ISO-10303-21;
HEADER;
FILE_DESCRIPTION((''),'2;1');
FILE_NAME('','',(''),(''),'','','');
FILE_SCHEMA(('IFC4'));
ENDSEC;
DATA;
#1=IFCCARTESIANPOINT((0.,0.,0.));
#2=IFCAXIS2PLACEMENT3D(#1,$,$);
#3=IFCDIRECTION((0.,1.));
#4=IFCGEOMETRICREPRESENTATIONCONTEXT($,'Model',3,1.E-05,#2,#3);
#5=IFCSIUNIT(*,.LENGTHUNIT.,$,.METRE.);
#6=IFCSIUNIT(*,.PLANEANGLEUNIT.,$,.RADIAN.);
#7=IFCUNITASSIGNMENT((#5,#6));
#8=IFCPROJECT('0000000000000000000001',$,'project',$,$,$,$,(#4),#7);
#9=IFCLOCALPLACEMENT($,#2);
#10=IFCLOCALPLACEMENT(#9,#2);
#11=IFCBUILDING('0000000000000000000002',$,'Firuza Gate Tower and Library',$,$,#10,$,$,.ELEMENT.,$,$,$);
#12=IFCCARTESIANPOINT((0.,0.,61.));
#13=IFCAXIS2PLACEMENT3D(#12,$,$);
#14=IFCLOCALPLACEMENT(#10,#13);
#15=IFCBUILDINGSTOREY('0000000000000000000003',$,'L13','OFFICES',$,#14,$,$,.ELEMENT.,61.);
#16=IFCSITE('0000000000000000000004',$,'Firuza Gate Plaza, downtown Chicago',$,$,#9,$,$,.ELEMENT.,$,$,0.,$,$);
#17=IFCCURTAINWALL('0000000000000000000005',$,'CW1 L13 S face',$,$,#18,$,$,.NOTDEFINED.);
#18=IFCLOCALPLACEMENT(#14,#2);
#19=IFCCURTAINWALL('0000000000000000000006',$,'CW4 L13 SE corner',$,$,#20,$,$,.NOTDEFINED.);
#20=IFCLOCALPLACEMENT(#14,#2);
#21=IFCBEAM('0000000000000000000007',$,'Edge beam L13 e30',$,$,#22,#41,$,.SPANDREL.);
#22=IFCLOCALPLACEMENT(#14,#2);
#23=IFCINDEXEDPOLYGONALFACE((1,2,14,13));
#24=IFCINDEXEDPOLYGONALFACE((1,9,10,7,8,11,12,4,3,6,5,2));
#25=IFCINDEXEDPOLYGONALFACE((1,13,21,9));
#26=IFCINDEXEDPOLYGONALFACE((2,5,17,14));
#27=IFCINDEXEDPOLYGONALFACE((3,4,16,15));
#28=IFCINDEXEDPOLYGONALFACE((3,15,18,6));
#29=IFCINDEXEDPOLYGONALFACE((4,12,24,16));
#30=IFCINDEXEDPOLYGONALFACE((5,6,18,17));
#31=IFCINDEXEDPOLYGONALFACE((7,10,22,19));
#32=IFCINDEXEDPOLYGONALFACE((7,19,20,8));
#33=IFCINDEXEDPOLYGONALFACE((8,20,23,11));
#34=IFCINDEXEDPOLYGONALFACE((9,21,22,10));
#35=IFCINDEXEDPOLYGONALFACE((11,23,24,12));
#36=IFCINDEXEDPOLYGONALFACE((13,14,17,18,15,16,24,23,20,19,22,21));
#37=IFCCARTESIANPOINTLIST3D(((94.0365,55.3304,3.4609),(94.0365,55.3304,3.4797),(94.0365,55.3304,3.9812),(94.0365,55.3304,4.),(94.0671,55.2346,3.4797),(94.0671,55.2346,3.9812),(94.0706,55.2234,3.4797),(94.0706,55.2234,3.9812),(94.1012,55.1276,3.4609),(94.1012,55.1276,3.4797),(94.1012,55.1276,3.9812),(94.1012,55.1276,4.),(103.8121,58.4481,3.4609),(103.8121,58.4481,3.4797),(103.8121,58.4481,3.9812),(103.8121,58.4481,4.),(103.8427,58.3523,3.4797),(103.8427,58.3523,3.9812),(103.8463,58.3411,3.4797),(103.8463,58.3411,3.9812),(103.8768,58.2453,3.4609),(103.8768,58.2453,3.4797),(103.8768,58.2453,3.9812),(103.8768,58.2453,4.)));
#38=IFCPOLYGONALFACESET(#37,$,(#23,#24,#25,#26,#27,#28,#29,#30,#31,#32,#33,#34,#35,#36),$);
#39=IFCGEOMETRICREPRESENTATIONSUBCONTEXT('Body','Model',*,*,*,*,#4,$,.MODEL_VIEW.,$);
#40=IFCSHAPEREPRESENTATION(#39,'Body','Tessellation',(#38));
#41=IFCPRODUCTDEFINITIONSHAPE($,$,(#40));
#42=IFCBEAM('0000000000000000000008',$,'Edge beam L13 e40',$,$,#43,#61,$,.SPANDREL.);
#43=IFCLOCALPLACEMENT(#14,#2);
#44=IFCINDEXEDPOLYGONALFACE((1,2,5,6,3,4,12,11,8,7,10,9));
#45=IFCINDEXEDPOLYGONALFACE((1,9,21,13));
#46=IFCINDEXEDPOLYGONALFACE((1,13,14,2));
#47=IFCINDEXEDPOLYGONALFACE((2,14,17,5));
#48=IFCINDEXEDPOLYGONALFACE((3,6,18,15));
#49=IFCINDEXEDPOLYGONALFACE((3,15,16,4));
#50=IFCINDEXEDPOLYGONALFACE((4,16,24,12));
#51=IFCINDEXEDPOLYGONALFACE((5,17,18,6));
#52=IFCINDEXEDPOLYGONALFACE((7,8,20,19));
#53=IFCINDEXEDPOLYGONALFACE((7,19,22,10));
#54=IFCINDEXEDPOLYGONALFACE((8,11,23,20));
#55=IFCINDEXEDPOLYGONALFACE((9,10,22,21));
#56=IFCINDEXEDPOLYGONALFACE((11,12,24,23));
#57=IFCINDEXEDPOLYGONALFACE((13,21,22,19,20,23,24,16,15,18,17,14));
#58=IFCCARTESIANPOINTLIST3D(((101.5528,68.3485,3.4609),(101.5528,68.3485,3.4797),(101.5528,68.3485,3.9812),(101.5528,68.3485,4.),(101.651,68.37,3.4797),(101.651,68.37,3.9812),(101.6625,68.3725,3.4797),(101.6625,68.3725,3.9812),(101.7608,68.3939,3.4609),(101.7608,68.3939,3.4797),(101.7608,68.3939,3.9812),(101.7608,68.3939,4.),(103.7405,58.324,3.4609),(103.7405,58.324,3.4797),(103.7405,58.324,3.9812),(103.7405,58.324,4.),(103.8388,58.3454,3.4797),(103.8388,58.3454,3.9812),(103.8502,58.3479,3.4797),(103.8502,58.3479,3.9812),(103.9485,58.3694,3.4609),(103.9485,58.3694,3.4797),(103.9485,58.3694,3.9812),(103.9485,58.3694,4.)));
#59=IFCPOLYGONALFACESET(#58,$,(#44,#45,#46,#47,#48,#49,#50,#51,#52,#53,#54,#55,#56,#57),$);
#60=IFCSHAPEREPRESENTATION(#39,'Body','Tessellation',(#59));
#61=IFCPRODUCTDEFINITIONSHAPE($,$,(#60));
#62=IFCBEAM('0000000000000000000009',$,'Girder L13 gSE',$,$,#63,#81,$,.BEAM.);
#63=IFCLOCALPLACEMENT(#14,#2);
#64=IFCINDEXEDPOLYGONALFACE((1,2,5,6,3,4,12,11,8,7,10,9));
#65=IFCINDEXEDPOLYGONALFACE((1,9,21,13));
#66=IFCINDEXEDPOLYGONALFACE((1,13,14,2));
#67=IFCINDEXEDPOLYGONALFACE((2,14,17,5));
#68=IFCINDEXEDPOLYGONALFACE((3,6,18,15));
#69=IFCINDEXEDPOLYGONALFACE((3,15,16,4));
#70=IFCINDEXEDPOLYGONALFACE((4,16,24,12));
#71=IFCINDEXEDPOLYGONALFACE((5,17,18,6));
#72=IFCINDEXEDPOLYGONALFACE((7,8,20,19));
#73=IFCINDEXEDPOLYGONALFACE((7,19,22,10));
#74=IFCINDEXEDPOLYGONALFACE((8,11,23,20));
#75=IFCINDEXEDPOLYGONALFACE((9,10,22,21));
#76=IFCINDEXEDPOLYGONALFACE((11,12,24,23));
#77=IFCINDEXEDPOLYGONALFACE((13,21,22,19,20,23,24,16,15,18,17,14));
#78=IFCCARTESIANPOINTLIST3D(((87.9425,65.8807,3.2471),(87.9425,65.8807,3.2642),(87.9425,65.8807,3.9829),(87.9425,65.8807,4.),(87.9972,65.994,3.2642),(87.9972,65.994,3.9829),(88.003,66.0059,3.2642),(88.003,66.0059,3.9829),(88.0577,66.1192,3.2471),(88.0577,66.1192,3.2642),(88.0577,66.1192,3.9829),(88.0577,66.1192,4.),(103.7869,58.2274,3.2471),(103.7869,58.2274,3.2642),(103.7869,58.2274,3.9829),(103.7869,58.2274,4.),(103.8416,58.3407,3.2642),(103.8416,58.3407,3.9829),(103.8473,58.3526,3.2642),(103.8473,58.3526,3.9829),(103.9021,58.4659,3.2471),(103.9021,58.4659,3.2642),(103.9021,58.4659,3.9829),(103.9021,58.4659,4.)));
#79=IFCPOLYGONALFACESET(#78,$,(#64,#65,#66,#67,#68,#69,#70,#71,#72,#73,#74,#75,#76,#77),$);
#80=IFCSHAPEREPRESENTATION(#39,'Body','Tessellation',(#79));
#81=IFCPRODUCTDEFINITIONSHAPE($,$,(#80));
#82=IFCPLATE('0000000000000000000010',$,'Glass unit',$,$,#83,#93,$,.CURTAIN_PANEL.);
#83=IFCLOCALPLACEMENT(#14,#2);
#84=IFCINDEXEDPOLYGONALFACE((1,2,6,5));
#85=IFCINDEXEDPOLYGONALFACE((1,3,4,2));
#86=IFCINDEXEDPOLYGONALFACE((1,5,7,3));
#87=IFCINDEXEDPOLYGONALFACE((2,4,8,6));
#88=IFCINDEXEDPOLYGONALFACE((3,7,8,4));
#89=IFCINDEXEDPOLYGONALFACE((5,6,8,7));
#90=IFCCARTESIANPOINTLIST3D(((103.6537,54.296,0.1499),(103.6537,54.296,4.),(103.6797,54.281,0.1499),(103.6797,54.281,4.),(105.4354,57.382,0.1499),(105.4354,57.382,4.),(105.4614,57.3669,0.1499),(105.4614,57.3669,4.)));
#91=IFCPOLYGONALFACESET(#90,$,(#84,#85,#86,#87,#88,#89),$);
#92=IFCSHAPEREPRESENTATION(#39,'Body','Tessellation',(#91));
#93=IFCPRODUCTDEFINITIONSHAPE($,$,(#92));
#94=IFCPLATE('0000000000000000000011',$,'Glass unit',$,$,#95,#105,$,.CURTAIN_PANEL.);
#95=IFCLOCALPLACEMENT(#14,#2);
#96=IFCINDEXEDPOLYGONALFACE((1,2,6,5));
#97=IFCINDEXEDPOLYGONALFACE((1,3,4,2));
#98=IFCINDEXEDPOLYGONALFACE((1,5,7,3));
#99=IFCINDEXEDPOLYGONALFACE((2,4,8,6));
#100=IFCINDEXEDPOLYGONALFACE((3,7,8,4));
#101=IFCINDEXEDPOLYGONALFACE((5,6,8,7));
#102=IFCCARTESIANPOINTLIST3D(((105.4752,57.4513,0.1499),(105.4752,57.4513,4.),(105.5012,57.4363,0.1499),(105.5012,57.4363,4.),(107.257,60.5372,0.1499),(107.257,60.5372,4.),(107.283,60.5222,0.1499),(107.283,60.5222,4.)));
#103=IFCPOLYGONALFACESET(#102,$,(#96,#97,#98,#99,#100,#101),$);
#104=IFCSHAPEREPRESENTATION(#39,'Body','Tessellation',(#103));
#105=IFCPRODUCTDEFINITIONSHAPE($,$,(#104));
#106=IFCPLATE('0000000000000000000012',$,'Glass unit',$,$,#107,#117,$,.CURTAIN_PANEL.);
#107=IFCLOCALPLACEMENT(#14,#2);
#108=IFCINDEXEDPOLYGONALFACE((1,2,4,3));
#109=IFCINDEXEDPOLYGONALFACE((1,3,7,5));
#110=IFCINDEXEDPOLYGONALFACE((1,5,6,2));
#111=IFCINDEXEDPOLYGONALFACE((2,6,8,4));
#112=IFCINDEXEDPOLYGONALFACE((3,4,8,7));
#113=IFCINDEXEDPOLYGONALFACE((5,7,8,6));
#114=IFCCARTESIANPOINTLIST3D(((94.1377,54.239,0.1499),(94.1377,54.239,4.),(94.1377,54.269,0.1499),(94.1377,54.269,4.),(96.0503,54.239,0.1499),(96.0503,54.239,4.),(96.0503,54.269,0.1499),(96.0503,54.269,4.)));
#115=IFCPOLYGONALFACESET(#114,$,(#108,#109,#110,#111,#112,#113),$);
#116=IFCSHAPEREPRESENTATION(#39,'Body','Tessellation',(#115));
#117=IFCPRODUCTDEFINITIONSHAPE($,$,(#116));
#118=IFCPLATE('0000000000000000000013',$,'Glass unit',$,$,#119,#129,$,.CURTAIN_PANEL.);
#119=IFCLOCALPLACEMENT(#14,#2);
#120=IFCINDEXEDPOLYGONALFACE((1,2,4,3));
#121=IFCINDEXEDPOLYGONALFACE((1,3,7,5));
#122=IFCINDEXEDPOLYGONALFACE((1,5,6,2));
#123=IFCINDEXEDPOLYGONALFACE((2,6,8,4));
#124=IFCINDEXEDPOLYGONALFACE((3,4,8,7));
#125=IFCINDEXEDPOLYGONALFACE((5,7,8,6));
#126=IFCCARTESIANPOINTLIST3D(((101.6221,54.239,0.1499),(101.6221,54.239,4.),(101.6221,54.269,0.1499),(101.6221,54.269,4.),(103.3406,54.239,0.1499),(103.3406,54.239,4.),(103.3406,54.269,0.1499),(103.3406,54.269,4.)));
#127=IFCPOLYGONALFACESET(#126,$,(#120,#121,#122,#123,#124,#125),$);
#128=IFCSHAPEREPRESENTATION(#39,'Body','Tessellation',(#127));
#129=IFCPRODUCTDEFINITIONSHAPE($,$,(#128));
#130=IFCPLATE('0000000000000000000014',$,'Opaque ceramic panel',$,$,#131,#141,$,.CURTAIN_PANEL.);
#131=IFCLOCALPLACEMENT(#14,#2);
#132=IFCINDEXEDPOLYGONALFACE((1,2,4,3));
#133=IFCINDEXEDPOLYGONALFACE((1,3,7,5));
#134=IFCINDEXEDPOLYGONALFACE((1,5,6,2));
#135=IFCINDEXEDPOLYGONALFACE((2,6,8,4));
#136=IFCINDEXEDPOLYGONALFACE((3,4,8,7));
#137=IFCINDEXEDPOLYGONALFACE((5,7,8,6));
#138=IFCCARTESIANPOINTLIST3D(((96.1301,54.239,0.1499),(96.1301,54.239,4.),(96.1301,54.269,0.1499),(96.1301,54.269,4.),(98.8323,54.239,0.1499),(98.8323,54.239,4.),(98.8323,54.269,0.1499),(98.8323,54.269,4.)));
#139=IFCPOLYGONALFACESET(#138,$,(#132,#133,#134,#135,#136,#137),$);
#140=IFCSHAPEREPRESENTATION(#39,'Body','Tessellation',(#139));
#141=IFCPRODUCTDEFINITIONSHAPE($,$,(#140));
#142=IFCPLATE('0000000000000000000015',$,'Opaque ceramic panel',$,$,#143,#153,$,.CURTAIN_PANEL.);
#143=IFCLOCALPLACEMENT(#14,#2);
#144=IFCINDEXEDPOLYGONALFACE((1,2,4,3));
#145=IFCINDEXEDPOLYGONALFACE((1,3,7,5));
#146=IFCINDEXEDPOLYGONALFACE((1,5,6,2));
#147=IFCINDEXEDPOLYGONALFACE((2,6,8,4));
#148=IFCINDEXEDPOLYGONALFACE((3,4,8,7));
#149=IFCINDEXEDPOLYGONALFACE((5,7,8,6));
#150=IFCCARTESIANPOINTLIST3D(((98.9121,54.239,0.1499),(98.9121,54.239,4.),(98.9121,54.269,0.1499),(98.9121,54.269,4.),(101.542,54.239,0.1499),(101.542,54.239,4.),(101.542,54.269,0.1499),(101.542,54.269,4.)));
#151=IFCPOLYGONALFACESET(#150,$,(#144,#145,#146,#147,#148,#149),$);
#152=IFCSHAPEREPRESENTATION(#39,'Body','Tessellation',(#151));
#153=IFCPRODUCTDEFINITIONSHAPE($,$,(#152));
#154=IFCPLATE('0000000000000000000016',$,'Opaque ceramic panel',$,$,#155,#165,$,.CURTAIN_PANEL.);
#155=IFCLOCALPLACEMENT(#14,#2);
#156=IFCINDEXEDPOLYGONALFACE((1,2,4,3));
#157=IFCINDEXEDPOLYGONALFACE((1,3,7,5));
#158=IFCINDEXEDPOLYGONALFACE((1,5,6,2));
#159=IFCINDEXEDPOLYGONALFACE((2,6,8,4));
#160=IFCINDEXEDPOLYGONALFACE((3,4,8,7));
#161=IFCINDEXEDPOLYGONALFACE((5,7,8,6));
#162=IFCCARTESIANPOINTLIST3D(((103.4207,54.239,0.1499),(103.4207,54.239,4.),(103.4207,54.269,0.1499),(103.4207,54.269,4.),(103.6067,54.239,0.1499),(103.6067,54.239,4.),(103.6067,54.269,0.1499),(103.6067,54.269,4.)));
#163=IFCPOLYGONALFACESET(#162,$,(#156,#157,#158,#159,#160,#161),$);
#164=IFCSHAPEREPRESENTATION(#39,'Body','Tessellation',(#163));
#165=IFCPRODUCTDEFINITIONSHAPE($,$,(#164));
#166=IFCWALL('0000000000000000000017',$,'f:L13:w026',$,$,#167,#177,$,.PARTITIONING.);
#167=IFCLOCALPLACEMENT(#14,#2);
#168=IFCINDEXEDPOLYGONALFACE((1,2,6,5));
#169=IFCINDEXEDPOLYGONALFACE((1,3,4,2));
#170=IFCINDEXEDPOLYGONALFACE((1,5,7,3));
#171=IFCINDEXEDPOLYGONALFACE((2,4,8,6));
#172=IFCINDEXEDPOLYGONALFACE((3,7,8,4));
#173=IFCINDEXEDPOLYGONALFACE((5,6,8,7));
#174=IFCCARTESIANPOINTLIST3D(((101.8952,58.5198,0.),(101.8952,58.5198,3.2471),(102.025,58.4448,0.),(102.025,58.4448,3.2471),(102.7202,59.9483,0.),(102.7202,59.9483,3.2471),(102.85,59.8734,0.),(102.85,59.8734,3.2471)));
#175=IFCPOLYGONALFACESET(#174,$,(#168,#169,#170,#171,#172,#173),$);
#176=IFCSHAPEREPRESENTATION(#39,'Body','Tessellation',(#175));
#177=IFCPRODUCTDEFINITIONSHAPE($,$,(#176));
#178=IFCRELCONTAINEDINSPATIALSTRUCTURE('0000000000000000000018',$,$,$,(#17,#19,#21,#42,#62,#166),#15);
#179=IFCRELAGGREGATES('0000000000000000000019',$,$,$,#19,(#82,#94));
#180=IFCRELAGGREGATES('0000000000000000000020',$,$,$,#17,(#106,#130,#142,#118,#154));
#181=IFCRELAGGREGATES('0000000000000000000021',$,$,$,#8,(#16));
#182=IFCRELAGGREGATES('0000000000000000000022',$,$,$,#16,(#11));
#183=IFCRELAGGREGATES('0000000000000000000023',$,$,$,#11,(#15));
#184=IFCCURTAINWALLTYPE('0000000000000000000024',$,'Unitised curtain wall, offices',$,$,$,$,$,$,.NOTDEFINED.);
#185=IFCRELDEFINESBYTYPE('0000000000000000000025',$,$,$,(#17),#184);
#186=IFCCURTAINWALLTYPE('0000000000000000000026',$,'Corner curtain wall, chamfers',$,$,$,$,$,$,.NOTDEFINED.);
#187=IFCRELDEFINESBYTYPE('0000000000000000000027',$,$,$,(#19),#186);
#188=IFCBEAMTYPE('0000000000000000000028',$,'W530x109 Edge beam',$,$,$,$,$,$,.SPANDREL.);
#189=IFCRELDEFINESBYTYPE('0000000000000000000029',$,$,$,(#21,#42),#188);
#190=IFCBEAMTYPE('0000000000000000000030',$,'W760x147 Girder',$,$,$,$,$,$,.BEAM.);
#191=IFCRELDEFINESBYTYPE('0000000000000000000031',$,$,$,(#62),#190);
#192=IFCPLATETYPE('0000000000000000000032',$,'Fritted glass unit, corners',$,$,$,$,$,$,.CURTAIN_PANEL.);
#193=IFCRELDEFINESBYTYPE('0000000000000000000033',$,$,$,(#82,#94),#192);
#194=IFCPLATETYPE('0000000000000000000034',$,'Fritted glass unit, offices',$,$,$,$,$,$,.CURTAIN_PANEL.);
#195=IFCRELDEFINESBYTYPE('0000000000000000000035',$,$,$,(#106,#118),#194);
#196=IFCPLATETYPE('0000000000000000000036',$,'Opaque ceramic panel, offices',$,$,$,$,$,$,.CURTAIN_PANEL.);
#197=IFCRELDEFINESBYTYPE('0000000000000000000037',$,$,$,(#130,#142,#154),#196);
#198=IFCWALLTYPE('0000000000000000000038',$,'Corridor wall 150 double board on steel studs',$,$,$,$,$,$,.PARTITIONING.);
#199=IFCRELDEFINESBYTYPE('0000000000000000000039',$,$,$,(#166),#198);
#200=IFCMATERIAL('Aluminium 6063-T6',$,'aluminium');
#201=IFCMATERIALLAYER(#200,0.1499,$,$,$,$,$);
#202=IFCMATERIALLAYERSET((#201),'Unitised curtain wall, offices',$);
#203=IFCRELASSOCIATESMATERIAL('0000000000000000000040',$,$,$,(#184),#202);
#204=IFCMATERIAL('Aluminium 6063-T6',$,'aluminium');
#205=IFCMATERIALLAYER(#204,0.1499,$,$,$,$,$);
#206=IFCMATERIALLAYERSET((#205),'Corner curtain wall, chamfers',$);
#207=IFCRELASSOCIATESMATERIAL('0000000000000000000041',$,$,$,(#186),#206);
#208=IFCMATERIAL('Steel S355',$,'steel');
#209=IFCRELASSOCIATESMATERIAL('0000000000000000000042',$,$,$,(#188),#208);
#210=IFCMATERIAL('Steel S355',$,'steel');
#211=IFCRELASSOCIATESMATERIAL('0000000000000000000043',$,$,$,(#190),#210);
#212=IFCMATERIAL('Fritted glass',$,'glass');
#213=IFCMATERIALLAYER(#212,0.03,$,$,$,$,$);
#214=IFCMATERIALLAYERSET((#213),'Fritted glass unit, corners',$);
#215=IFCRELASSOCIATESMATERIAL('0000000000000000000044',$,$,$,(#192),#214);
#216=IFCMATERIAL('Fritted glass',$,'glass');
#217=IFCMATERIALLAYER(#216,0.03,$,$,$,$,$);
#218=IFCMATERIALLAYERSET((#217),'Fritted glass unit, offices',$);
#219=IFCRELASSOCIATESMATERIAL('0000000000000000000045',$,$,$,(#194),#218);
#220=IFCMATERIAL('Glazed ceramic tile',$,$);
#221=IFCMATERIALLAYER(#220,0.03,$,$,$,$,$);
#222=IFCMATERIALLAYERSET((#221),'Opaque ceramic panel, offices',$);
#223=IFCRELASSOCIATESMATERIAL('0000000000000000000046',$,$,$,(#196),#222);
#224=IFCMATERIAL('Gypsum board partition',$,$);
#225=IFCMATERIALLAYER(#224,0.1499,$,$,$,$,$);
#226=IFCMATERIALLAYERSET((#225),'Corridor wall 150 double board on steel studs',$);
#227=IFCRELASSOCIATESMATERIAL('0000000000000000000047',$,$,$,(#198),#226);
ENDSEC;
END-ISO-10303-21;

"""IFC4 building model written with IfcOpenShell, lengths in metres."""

from ifc_helpers import new_model, si_unit, direction, frame, frame_2d, origin, origin_2d, place, context, subcontext, project, spatial, polyline, rectangle, i_section, outline, extrude, material, layer, layer_set, material_profile, profile_set, type_object, element, aggregate, save


model = new_model("IFC4")

# Units and contexts
model_context = context("Model", 3, precision=1e-05, world=origin(), true_north=direction((0.0, 1.0)))
body_context = subcontext(model_context, "Body", "Model", "MODEL_VIEW")
ifc_project = project(units=[si_unit("LENGTHUNIT", "METRE"), si_unit("PLANEANGLEUNIT", "RADIAN")], contexts=[model_context])

# Site, building, storey
site_placement = place(None, origin())
site = spatial("IfcSite", under=ifc_project, at=site_placement, Name="Firuza Gate Plaza, downtown Chicago", CompositionType="ELEMENT", RefElevation=0.0)
building_placement = place(site_placement, origin())
building = spatial("IfcBuilding", under=site, at=building_placement, Name="Firuza Gate Tower and Library", CompositionType="ELEMENT")
storey_placement = place(building_placement, frame((0.0, 0.0, 61.0)))
storey = spatial("IfcBuildingStorey", under=building, at=storey_placement, Name="L13", Description="OFFICES", CompositionType="ELEMENT", Elevation=61.0)

# Curtain walls
ifc_material_1 = material(Name="Aluminium 6063-T6", Category="aluminium")
ifc_layer_1 = layer(ifc_material_1, 0.1499)
ifc_layer_set_1 = layer_set([ifc_layer_1], Name="Unitised curtain wall, offices")
curtain_wall_type_1 = type_object("IfcCurtainWallType", Name="Unitised curtain wall, offices", PredefinedType="NOTDEFINED", material=ifc_layer_set_1)
placement = place(storey_placement, origin())
curtain_wall_1 = element("IfcCurtainWall", 1, at=placement, inside=storey, type_object=curtain_wall_type_1, Name="CW1 L13 S face", PredefinedType="NOTDEFINED")
ifc_material_2 = material(Name="Aluminium 6063-T6", Category="aluminium")
ifc_layer_2 = layer(ifc_material_2, 0.1499)
ifc_layer_set_2 = layer_set([ifc_layer_2], Name="Corner curtain wall, chamfers")
curtain_wall_type_2 = type_object("IfcCurtainWallType", Name="Corner curtain wall, chamfers", PredefinedType="NOTDEFINED", material=ifc_layer_set_2)
curtain_wall_2 = element("IfcCurtainWall", 2, at=placement, inside=storey, type_object=curtain_wall_type_2, Name="CW4 L13 SE corner", PredefinedType="NOTDEFINED")

# Beams
ifc_material_3 = material(Name="Steel S355", Category="steel")
ifc_material_profile_1 = material_profile(ifc_material_3, i_section(OverallWidth=0.2129, OverallDepth=0.5391, WebThickness=0.0117, FlangeThickness=0.0188, at=origin_2d()))
ifc_profile_set_1 = profile_set([ifc_material_profile_1], Name="Steel S355")
beam_type_1 = type_object("IfcBeamType", Name="W530x109 Edge beam", PredefinedType="SPANDREL", material=ifc_profile_set_1)
beam_1_placement = place(storey_placement, frame((94.0688, 55.229, 3.7305), z_axis=(0.952722, 0.303845, 0.0), x_axis=(-0.303845, 0.952722, 0.0)))
element("IfcBeam", 3, at=beam_1_placement, inside=storey, type_object=beam_type_1, Name="Edge beam L13 e30", PredefinedType="SPANDREL", context=body_context, shape_type="SweptSolid", body=[
    extrude(i_section(OverallWidth=0.2129, OverallDepth=0.5391, WebThickness=0.0117, FlangeThickness=0.0188, at=origin_2d()), origin(), (0.0, 0.0, 1.0), 10.2607),
])
beam_2_placement = place(storey_placement, frame((103.8445, 58.3467, 3.7305), z_axis=(-0.213218, 0.977005, 0.0), x_axis=(-0.977005, -0.213218, 0.0)))
element("IfcBeam", 4, at=beam_2_placement, inside=storey, type_object=beam_type_1, Name="Edge beam L13 e40", PredefinedType="SPANDREL", context=body_context, shape_type="SweptSolid", body=[
    extrude(i_section(OverallWidth=0.2129, OverallDepth=0.5391, WebThickness=0.0117, FlangeThickness=0.0188, at=origin_2d()), origin(), (0.0, 0.0, 1.0), 10.2605),
])
ifc_material_4 = material(Name="Steel S355", Category="steel")
ifc_material_profile_2 = material_profile(ifc_material_4, i_section(OverallWidth=0.2649, OverallDepth=0.7529, WebThickness=0.0132, FlangeThickness=0.0171, at=origin_2d()))
ifc_profile_set_2 = profile_set([ifc_material_profile_2], Name="Steel S355")
beam_type_2 = type_object("IfcBeamType", Name="W760x147 Girder", PredefinedType="BEAM", material=ifc_profile_set_2)
beam_3_placement = place(storey_placement, frame((103.8445, 58.3467, 3.6235), z_axis=(-0.900457, 0.434945, 0.0), x_axis=(-0.434945, -0.900457, 0.0)))
element("IfcBeam", 5, at=beam_3_placement, inside=storey, type_object=beam_type_2, Name="Girder L13 gSE", PredefinedType="BEAM", context=body_context, shape_type="SweptSolid", body=[
    extrude(i_section(OverallWidth=0.2649, OverallDepth=0.7529, WebThickness=0.0132, FlangeThickness=0.0171, at=origin_2d()), origin(), (0.0, 0.0, 1.0), 17.5959),
])

# Plates
ifc_material_5 = material(Name="Fritted glass", Category="glass")
ifc_layer_3 = layer(ifc_material_5, 0.03)
ifc_layer_set_3 = layer_set([ifc_layer_3], Name="Fritted glass unit, corners")
plate_type_1 = type_object("IfcPlateType", Name="Fritted glass unit, corners", PredefinedType="CURTAIN_PANEL", material=ifc_layer_set_3)
plate_1_placement = place(storey_placement, frame((103.6797, 54.281, 0.1499), z_axis=(0.866017, -0.500015, 0.0), x_axis=(0.500015, 0.866017, 0.0)))
plate_1 = element("IfcPlate", 6, at=plate_1_placement, type_object=plate_type_1, Name="Glass unit", PredefinedType="CURTAIN_PANEL", context=body_context, shape_type="SweptSolid", body=[
    extrude(outline(polyline([(0.0, 0.0), (3.5634, 0.0), (3.5634, 3.8501), (0.0, 3.8501), (0.0, 0.0)])), origin(), (0.0, 0.0, -1.0), 0.03),
])
plate_2_placement = place(storey_placement, frame((105.5012, 57.4363, 0.1499), z_axis=(0.866017, -0.500015, 0.0), x_axis=(0.500015, 0.866017, 0.0)))
plate_2 = element("IfcPlate", 7, at=plate_2_placement, type_object=plate_type_1, Name="Glass unit", PredefinedType="CURTAIN_PANEL", context=body_context, shape_type="SweptSolid", body=[
    extrude(outline(polyline([(0.0, 0.0), (3.5634, 0.0), (3.5634, 3.8501), (0.0, 3.8501), (0.0, 0.0)])), origin(), (0.0, 0.0, -1.0), 0.03),
])
aggregate(curtain_wall_2, [plate_1, plate_2])
ifc_material_6 = material(Name="Fritted glass", Category="glass")
ifc_layer_4 = layer(ifc_material_6, 0.03)
ifc_layer_set_4 = layer_set([ifc_layer_4], Name="Fritted glass unit, offices")
plate_type_2 = type_object("IfcPlateType", Name="Fritted glass unit, offices", PredefinedType="CURTAIN_PANEL", material=ifc_layer_set_4)
plate_3_placement = place(storey_placement, frame((94.1377, 54.239, 0.1499), z_axis=(0.0, -1.0, 0.0), x_axis=(1.0, 0.0, 0.0)))
plate_3 = element("IfcPlate", 8, at=plate_3_placement, type_object=plate_type_2, Name="Glass unit", PredefinedType="CURTAIN_PANEL", context=body_context, shape_type="SweptSolid", body=[
    extrude(outline(polyline([(0.0, 0.0), (1.9126, 0.0), (1.9126, 3.8501), (0.0, 3.8501), (0.0, 0.0)])), origin(), (0.0, 0.0, -1.0), 0.03),
])
plate_4_placement = place(storey_placement, frame((101.6221, 54.239, 0.1499), z_axis=(0.0, -1.0, 0.0), x_axis=(1.0, 0.0, 0.0)))
plate_4 = element("IfcPlate", 9, at=plate_4_placement, type_object=plate_type_2, Name="Glass unit", PredefinedType="CURTAIN_PANEL", context=body_context, shape_type="SweptSolid", body=[
    extrude(outline(polyline([(0.0, 0.0), (1.7185, 0.0), (1.7185, 3.8501), (0.0, 3.8501), (0.0, 0.0)])), origin(), (0.0, 0.0, -1.0), 0.03),
])
ifc_material_7 = material(Name="Glazed ceramic tile")
ifc_layer_5 = layer(ifc_material_7, 0.03)
ifc_layer_set_5 = layer_set([ifc_layer_5], Name="Opaque ceramic panel, offices")
plate_type_3 = type_object("IfcPlateType", Name="Opaque ceramic panel, offices", PredefinedType="CURTAIN_PANEL", material=ifc_layer_set_5)
plate_5_placement = place(storey_placement, frame((96.1301, 54.239, 0.1499), z_axis=(0.0, -1.0, 0.0), x_axis=(1.0, 0.0, 0.0)))
plate_5 = element("IfcPlate", 10, at=plate_5_placement, type_object=plate_type_3, Name="Opaque ceramic panel", PredefinedType="CURTAIN_PANEL", context=body_context, shape_type="SweptSolid", body=[
    extrude(outline(polyline([(0.0, 0.0), (2.7021, 0.0), (2.7021, 3.8501), (0.0, 3.8501), (0.0, 0.0)])), origin(), (0.0, 0.0, -1.0), 0.03),
])
plate_6_placement = place(storey_placement, frame((98.9121, 54.239, 0.1499), z_axis=(0.0, -1.0, 0.0), x_axis=(1.0, 0.0, 0.0)))
plate_6 = element("IfcPlate", 11, at=plate_6_placement, type_object=plate_type_3, Name="Opaque ceramic panel", PredefinedType="CURTAIN_PANEL", context=body_context, shape_type="SweptSolid", body=[
    extrude(outline(polyline([(0.0, 0.0), (2.6299, 0.0), (2.6299, 3.8501), (0.0, 3.8501), (0.0, 0.0)])), origin(), (0.0, 0.0, -1.0), 0.03),
])
plate_7_placement = place(storey_placement, frame((103.4207, 54.239, 0.1499), z_axis=(0.0, -1.0, 0.0), x_axis=(1.0, 0.0, 0.0)))
plate_7 = element("IfcPlate", 12, at=plate_7_placement, type_object=plate_type_3, Name="Opaque ceramic panel", PredefinedType="CURTAIN_PANEL", context=body_context, shape_type="SweptSolid", body=[
    extrude(outline(polyline([(0.0, 0.0), (0.186, 0.0), (0.186, 3.8501), (0.0, 3.8501), (0.0, 0.0)])), origin(), (0.0, 0.0, -1.0), 0.03),
])
aggregate(curtain_wall_1, [plate_3, plate_5, plate_6, plate_4, plate_7])

# Wall
ifc_material_8 = material(Name="Gypsum board partition")
ifc_layer_6 = layer(ifc_material_8, 0.1499)
ifc_layer_set_6 = layer_set([ifc_layer_6], Name="Corridor wall 150 double board on steel studs")
wall_type_1 = type_object("IfcWallType", Name="Corridor wall 150 double board on steel studs", PredefinedType="PARTITIONING", material=ifc_layer_set_6)
wall_1_placement = place(storey_placement, frame((101.9602, 58.4824, 0.0), z_axis=(0.0, 0.0, 1.0), x_axis=(0.500103, 0.865966, 0.0)))
element("IfcWall", 13, at=wall_1_placement, inside=storey, type_object=wall_type_1, Name="f:L13:w026", PredefinedType="PARTITIONING", context=body_context, shape_type="SweptSolid", body=[
    extrude(rectangle(XDim=1.6497, YDim=0.1499, at=frame_2d((0.8247, 0.0))), origin(), (0.0, 0.0, 1.0), 3.2471),
])

save(model, "model.ifc")
